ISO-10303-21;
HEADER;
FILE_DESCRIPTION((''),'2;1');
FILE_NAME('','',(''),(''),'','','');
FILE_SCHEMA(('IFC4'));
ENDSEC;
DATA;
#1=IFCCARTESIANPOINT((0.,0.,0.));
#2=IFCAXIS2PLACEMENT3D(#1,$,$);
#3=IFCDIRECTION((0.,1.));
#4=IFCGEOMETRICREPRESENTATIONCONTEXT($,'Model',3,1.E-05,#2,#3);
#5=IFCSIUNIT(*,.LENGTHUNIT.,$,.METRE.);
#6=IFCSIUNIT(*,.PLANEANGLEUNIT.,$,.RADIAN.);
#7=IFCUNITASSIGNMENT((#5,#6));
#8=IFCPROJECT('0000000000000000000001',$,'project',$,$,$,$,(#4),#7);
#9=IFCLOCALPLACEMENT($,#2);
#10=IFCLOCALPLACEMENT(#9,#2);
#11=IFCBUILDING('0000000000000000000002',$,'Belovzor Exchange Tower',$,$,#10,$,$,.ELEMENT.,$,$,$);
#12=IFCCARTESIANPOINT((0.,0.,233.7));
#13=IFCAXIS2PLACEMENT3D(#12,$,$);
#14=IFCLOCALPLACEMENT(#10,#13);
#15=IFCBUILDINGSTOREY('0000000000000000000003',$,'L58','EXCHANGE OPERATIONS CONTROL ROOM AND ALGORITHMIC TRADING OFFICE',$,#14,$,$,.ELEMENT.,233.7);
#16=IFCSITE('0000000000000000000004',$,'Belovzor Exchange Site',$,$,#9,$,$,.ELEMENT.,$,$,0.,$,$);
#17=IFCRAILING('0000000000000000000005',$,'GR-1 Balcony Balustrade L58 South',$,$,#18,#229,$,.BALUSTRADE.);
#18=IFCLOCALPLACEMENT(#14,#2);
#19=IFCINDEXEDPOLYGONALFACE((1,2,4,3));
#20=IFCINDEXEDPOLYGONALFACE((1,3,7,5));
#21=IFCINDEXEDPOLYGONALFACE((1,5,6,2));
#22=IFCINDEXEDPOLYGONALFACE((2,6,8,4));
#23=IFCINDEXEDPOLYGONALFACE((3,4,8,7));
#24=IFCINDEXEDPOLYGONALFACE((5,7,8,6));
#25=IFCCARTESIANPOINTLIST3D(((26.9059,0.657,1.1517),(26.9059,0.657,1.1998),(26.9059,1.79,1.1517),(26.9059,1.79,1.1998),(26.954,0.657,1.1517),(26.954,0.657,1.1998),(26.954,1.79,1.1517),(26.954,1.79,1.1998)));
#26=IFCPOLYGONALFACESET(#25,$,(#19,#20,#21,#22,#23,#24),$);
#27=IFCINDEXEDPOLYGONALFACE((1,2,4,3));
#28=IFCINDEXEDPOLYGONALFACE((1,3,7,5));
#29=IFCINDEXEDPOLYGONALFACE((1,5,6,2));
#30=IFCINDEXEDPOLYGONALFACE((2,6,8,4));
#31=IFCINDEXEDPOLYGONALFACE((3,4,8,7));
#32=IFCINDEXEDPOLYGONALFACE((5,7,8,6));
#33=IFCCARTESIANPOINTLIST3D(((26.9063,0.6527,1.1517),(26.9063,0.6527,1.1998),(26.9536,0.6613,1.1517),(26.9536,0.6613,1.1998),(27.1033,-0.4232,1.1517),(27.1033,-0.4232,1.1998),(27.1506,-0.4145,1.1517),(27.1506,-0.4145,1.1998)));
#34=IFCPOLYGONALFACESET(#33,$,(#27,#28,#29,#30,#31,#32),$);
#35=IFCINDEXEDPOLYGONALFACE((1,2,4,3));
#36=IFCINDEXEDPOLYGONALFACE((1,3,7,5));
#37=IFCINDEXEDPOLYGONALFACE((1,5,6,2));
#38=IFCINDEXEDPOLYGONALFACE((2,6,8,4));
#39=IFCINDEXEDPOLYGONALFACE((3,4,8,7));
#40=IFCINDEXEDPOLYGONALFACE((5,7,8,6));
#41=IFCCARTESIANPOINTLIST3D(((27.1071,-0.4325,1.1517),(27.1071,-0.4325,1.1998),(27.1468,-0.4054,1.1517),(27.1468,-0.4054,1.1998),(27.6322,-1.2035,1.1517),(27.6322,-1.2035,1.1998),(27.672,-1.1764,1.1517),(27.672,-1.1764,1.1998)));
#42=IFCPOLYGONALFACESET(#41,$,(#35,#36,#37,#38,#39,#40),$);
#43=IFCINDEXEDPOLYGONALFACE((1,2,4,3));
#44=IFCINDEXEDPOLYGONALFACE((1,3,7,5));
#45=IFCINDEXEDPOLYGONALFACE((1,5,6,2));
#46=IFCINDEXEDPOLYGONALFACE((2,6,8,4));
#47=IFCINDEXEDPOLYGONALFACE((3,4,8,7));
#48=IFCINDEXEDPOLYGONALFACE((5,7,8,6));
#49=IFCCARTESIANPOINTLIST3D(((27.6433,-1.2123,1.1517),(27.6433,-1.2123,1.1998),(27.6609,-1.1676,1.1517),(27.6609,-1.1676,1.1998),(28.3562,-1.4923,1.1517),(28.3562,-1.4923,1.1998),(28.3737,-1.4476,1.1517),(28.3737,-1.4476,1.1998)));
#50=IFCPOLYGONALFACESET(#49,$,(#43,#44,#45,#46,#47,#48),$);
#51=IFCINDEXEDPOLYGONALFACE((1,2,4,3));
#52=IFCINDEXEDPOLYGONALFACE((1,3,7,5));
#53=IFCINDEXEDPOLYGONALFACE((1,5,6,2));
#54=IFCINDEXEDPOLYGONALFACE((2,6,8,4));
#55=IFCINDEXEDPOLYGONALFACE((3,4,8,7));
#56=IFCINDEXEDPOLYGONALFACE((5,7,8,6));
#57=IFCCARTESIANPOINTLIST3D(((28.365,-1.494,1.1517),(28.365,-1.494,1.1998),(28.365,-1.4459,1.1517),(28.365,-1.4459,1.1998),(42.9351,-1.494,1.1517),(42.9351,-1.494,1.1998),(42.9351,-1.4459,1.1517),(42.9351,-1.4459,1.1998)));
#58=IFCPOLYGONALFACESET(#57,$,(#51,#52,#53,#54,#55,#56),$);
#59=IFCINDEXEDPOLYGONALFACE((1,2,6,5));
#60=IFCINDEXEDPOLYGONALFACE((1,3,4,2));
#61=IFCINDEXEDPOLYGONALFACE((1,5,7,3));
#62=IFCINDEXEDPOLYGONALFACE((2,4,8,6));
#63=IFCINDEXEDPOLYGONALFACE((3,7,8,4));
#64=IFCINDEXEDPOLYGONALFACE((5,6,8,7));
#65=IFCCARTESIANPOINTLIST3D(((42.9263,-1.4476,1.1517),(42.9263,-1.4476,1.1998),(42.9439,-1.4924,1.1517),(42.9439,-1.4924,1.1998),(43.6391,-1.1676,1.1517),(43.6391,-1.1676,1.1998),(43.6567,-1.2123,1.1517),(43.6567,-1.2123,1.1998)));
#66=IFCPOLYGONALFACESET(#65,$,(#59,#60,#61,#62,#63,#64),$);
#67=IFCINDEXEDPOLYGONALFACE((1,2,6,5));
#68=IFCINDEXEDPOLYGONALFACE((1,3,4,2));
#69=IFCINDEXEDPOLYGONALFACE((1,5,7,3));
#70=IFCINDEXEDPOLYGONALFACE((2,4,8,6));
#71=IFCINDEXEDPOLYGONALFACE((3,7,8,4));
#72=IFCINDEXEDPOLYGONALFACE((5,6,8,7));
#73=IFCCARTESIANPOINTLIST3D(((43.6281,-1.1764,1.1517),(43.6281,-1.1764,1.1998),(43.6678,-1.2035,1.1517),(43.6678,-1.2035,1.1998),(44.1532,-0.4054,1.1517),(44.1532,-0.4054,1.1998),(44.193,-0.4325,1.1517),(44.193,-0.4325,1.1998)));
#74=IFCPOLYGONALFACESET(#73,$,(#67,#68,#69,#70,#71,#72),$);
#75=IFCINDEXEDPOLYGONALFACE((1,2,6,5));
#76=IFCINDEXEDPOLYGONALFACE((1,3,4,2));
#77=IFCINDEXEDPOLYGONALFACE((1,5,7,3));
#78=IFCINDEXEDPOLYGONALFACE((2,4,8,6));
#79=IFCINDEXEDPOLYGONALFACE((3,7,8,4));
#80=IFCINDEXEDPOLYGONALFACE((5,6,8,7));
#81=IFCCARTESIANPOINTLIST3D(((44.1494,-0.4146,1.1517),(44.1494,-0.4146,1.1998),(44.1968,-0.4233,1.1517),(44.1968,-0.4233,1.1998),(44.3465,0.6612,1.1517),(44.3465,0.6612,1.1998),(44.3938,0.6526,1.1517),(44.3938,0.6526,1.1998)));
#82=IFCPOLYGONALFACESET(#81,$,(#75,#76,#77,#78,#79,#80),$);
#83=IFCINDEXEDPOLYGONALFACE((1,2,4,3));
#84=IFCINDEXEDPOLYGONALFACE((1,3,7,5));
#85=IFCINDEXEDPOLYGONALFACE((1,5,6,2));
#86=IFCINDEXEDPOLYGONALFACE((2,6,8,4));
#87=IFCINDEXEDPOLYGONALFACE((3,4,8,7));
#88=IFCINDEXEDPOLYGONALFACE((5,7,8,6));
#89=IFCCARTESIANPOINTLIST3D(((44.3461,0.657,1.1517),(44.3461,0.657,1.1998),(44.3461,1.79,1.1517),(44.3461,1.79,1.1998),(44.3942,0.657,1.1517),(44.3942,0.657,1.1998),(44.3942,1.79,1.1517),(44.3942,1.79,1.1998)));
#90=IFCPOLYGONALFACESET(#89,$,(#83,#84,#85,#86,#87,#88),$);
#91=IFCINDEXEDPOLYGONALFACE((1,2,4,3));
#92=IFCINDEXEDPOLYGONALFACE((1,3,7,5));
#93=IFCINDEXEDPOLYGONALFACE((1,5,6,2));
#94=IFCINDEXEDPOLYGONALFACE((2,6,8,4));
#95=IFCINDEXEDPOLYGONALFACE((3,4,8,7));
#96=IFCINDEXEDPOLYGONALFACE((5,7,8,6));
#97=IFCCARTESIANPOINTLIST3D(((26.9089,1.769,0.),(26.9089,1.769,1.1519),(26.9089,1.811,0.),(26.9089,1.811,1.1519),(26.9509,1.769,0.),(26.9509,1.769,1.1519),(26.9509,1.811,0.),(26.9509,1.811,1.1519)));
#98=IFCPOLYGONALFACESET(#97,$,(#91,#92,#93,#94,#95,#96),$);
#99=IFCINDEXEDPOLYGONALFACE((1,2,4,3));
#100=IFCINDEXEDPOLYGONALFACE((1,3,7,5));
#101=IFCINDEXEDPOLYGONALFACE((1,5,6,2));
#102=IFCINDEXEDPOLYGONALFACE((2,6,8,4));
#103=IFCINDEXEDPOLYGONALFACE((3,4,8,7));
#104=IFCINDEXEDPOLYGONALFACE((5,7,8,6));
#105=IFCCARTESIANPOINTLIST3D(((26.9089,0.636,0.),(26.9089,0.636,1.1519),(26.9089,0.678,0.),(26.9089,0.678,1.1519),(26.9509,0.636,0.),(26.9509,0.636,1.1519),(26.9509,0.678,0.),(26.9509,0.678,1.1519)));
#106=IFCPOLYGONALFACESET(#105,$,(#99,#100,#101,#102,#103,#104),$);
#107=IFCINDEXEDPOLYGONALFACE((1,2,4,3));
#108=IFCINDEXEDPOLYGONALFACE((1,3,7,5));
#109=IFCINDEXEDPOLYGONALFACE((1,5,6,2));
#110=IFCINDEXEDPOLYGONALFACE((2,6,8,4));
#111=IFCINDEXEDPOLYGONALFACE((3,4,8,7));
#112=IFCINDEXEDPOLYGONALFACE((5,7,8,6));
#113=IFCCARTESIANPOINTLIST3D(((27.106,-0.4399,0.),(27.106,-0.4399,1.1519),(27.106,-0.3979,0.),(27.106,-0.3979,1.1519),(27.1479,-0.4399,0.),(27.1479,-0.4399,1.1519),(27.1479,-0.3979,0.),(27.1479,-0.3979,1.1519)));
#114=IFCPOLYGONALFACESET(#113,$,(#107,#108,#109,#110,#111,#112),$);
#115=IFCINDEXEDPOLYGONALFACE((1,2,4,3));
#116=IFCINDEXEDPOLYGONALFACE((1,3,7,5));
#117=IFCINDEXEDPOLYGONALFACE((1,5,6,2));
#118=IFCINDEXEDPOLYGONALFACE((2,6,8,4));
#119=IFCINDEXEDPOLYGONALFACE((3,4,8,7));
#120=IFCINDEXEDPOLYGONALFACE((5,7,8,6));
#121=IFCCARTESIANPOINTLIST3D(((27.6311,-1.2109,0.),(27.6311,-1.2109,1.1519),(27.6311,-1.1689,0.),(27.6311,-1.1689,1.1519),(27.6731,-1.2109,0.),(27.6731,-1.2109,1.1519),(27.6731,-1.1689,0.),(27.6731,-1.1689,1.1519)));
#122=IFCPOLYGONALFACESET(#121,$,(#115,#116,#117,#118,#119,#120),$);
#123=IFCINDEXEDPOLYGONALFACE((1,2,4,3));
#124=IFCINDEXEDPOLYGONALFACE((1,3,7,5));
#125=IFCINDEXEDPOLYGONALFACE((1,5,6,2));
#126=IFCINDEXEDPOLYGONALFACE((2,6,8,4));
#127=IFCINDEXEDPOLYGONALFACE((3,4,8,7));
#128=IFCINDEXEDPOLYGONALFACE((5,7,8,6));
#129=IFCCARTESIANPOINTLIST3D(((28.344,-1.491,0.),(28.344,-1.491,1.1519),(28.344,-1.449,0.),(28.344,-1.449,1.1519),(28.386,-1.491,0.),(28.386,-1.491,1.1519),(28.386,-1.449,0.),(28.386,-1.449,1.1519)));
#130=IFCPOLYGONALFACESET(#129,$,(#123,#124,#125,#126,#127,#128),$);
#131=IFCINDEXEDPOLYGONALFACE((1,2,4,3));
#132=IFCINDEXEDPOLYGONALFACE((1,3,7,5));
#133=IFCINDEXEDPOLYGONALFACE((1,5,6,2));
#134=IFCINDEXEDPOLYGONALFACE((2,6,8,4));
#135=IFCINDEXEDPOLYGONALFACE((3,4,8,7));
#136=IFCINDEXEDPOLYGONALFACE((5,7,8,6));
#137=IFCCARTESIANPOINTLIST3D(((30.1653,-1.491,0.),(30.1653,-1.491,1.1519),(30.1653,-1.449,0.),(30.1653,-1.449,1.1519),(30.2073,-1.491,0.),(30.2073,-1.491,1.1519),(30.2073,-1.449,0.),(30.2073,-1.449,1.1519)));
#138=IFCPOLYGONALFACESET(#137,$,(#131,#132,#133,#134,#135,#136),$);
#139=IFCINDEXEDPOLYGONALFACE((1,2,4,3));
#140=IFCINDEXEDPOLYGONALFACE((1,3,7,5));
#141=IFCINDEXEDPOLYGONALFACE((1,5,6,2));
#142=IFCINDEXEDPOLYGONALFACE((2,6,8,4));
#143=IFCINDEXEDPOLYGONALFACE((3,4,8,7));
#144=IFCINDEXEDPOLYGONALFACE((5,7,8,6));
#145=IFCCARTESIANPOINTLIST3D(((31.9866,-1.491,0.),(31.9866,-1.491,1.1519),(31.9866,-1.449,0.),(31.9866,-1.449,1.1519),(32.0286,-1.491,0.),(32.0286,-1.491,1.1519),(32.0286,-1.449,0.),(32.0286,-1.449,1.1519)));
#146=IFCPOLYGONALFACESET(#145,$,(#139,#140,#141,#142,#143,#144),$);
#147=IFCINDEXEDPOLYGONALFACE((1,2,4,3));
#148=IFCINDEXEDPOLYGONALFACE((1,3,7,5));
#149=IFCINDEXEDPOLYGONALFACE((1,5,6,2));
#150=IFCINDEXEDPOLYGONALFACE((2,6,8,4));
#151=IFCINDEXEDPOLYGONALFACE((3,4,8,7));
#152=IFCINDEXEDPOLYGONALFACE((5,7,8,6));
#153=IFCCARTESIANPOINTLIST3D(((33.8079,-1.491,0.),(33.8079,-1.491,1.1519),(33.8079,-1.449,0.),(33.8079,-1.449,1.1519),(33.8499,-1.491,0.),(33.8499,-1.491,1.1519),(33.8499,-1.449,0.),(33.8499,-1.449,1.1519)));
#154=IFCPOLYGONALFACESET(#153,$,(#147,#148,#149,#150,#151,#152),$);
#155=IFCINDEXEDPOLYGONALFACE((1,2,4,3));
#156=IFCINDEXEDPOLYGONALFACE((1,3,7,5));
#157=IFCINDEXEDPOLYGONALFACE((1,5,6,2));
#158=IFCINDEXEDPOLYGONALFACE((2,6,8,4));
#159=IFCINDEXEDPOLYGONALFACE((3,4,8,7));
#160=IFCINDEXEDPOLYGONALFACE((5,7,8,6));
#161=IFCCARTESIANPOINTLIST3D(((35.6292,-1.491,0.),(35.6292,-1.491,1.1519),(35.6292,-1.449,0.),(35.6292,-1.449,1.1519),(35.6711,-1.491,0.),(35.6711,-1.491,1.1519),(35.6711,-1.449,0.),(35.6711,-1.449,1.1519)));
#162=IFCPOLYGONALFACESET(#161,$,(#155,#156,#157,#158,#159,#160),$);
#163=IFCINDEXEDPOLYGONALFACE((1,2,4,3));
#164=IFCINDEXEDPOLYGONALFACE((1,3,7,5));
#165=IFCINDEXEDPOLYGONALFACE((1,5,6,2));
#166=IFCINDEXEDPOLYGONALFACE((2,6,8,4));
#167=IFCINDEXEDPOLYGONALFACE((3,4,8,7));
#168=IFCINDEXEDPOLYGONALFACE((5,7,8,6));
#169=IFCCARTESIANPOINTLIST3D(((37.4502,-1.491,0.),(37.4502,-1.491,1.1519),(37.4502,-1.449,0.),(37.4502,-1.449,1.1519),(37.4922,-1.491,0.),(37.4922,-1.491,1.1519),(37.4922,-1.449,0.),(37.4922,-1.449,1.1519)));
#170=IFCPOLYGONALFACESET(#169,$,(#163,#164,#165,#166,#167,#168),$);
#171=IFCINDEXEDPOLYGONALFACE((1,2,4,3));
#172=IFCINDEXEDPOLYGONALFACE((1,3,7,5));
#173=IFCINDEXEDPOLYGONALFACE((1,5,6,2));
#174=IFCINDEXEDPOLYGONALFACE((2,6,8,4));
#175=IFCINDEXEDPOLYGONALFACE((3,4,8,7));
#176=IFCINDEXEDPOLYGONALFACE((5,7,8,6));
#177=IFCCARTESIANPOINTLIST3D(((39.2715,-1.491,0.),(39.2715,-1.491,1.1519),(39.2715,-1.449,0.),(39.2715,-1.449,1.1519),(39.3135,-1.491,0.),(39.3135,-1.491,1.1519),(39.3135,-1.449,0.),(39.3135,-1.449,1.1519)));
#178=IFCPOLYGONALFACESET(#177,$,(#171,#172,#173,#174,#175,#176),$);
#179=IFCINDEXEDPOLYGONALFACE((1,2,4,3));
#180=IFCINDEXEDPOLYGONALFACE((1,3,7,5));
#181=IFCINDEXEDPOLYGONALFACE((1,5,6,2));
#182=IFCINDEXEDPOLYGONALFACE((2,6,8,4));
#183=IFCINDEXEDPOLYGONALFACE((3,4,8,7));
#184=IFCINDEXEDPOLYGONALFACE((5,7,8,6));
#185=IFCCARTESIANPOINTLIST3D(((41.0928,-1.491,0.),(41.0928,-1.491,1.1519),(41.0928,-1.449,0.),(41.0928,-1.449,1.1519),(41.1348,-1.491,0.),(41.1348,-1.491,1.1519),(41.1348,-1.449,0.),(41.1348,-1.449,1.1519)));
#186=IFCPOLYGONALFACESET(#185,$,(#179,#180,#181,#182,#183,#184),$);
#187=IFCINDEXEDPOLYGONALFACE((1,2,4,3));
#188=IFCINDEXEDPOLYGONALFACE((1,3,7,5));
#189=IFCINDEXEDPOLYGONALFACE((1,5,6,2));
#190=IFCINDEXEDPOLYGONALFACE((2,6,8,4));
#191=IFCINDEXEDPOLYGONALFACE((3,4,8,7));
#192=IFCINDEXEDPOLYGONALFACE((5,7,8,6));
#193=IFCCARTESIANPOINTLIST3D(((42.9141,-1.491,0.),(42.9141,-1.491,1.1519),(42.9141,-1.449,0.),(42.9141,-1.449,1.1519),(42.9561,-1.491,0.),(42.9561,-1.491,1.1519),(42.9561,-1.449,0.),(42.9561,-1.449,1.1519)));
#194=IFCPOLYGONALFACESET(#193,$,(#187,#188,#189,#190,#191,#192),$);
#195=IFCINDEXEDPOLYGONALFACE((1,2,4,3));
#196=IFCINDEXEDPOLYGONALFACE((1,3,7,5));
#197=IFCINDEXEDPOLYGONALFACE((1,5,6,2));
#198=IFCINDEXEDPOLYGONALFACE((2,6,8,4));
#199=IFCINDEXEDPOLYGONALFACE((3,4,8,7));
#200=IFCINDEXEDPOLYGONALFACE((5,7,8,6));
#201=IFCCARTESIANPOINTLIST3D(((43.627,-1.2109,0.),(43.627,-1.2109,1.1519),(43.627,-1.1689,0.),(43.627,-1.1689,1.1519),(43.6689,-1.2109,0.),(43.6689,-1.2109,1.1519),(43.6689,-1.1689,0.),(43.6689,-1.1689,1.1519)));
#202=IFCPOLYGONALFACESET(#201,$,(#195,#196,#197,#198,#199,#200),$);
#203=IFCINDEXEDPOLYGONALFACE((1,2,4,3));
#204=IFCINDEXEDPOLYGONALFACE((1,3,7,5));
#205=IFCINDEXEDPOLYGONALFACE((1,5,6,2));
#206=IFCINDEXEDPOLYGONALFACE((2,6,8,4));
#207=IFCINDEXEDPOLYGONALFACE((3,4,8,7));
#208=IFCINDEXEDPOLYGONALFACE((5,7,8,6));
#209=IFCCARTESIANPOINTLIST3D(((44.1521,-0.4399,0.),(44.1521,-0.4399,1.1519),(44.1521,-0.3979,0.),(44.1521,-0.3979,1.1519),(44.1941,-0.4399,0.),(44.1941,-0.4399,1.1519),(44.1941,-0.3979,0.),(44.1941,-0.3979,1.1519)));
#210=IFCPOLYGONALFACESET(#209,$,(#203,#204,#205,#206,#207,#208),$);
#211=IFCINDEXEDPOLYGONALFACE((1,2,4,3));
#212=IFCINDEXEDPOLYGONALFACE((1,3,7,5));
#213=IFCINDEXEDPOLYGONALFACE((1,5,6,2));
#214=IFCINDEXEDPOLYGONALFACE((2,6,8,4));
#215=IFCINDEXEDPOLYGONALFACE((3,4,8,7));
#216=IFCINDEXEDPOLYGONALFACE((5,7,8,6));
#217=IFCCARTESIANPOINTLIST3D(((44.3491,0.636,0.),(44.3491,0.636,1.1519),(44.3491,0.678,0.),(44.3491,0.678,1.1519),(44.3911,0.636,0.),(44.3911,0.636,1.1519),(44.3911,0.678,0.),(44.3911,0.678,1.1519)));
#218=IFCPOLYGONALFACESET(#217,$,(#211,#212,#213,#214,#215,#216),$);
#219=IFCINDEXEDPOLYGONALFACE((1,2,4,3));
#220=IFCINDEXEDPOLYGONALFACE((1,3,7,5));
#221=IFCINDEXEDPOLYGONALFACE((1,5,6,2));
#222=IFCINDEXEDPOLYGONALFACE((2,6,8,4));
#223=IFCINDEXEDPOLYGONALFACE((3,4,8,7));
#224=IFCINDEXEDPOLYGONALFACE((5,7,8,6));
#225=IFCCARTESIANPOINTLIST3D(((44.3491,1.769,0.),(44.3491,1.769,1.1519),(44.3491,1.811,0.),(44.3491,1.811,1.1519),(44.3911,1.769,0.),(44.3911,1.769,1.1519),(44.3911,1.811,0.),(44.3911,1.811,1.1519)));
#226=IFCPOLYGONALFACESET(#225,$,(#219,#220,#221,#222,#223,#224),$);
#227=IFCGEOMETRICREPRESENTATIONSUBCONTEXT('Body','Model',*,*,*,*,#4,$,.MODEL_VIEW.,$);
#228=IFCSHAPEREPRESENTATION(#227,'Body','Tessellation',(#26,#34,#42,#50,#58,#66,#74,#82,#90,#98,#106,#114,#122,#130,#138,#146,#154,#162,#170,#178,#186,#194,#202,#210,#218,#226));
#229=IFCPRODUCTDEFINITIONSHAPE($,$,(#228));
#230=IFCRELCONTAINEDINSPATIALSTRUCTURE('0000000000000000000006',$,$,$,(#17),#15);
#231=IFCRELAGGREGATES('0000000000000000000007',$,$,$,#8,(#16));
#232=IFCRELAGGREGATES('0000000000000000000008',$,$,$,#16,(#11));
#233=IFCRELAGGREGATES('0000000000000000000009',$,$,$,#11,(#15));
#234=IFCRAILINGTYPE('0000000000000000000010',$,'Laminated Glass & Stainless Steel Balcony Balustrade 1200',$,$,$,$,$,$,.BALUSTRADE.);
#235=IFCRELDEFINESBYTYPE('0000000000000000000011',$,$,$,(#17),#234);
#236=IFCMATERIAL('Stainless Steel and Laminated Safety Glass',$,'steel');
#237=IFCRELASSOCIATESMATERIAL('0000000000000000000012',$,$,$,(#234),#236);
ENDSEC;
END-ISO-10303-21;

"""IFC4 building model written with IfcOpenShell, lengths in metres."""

from ifc_helpers import new_model, si_unit, direction, frame, origin, origin_2d, place, context, subcontext, project, spatial, rectangle, extrude, material, type_object, element, save


model = new_model("IFC4")

# Units and contexts
model_context = context("Model", 3, precision=1e-05, world=origin(), true_north=direction((0.0, 1.0)))
body_context = subcontext(model_context, "Body", "Model", "MODEL_VIEW")
ifc_project = project(units=[si_unit("LENGTHUNIT", "METRE"), si_unit("PLANEANGLEUNIT", "RADIAN")], contexts=[model_context])

# Site, building, storey
site_placement = place(None, origin())
site = spatial("IfcSite", under=ifc_project, at=site_placement, Name="Belovzor Exchange Site", CompositionType="ELEMENT", RefElevation=0.0)
building_placement = place(site_placement, origin())
building = spatial("IfcBuilding", under=site, at=building_placement, Name="Belovzor Exchange Tower", CompositionType="ELEMENT")
storey_placement = place(building_placement, frame((0.0, 0.0, 233.7)))
storey = spatial("IfcBuildingStorey", under=building, at=storey_placement, Name="L58", Description="EXCHANGE OPERATIONS CONTROL ROOM AND ALGORITHMIC TRADING OFFICE", CompositionType="ELEMENT", Elevation=233.7)

# Railing
ifc_material_1 = material(Name="Stainless Steel and Laminated Safety Glass", Category="steel")
railing_type = type_object("IfcRailingType", Name="Laminated Glass & Stainless Steel Balcony Balustrade 1200", PredefinedType="BALUSTRADE", material=ifc_material_1)
railing_placement = place(storey_placement, frame((26.9299, 1.79, 0.0)))
element("IfcRailing", 1, at=railing_placement, inside=storey, type_object=railing_type, Name="GR-1 Balcony Balustrade L58 South", PredefinedType="BALUSTRADE", context=body_context, shape_type="SweptSolid", body=[
    extrude(rectangle(XDim=0.0481, YDim=0.0481, at=origin_2d()), frame((0.0, 0.0, 1.1758), z_axis=(0.0, -1.0, 0.0), x_axis=(1.0, 0.0, 0.0)), (0.0, 0.0, 1.0), 1.1331),
    extrude(rectangle(XDim=0.0481, YDim=0.0481, at=origin_2d()), frame((0.0, -1.1331, 1.1758), z_axis=(0.180123, -0.983644, 0.0), x_axis=(0.983644, 0.180123, 0.0)), (0.0, 0.0, 1.0), 1.0938),
    extrude(rectangle(XDim=0.0481, YDim=0.0481, at=origin_2d()), frame((0.197, -2.209, 1.1758), z_axis=(0.562947, -0.826493, 0.0), x_axis=(0.826493, 0.562947, 0.0)), (0.0, 0.0, 1.0), 0.9329),
    extrude(rectangle(XDim=0.0481, YDim=0.0481, at=origin_2d()), frame((0.7222, -2.98, 1.1758), z_axis=(0.930767, -0.365613, 0.0), x_axis=(0.365613, 0.930767, 0.0)), (0.0, 0.0, 1.0), 0.7659),
    extrude(rectangle(XDim=0.0481, YDim=0.0481, at=origin_2d()), frame((1.4351, -3.26, 1.1758), z_axis=(1.0, 0.0, 0.0), x_axis=(0.0, 1.0, 0.0)), (0.0, 0.0, 1.0), 14.5701),
    extrude(rectangle(XDim=0.0481, YDim=0.0481, at=origin_2d()), frame((16.0051, -3.26, 1.1758), z_axis=(0.930767, 0.365613, 0.0), x_axis=(-0.365613, 0.930767, 0.0)), (0.0, 0.0, 1.0), 0.7659),
    extrude(rectangle(XDim=0.0481, YDim=0.0481, at=origin_2d()), frame((16.718, -2.98, 1.1758), z_axis=(0.562947, 0.826493, 0.0), x_axis=(-0.826493, 0.562947, 0.0)), (0.0, 0.0, 1.0), 0.9329),
    extrude(rectangle(XDim=0.0481, YDim=0.0481, at=origin_2d()), frame((17.2432, -2.209, 1.1758), z_axis=(0.180123, 0.983644, 0.0), x_axis=(-0.983644, 0.180123, 0.0)), (0.0, 0.0, 1.0), 1.0938),
    extrude(rectangle(XDim=0.0481, YDim=0.0481, at=origin_2d()), frame((17.4402, -1.1331, 1.1758), z_axis=(0.0, 1.0, 0.0), x_axis=(-1.0, 0.0, 0.0)), (0.0, 0.0, 1.0), 1.1331),
    extrude(rectangle(XDim=0.042, YDim=0.042, at=origin_2d()), origin(), (0.0, 0.0, 1.0), 1.1519),
    extrude(rectangle(XDim=0.042, YDim=0.042, at=origin_2d()), frame((0.0, -1.1331, 0.0)), (0.0, 0.0, 1.0), 1.1519),
    extrude(rectangle(XDim=0.042, YDim=0.042, at=origin_2d()), frame((0.197, -2.209, 0.0)), (0.0, 0.0, 1.0), 1.1519),
    extrude(rectangle(XDim=0.042, YDim=0.042, at=origin_2d()), frame((0.7222, -2.98, 0.0)), (0.0, 0.0, 1.0), 1.1519),
    extrude(rectangle(XDim=0.042, YDim=0.042, at=origin_2d()), frame((1.4351, -3.26, 0.0)), (0.0, 0.0, 1.0), 1.1519),
    extrude(rectangle(XDim=0.042, YDim=0.042, at=origin_2d()), frame((3.2563, -3.26, 0.0)), (0.0, 0.0, 1.0), 1.1519),
    extrude(rectangle(XDim=0.042, YDim=0.042, at=origin_2d()), frame((5.0776, -3.26, 0.0)), (0.0, 0.0, 1.0), 1.1519),
    extrude(rectangle(XDim=0.042, YDim=0.042, at=origin_2d()), frame((6.8989, -3.26, 0.0)), (0.0, 0.0, 1.0), 1.1519),
    extrude(rectangle(XDim=0.042, YDim=0.042, at=origin_2d()), frame((8.7202, -3.26, 0.0)), (0.0, 0.0, 1.0), 1.1519),
    extrude(rectangle(XDim=0.042, YDim=0.042, at=origin_2d()), frame((10.5413, -3.26, 0.0)), (0.0, 0.0, 1.0), 1.1519),
    extrude(rectangle(XDim=0.042, YDim=0.042, at=origin_2d()), frame((12.3625, -3.26, 0.0)), (0.0, 0.0, 1.0), 1.1519),
    extrude(rectangle(XDim=0.042, YDim=0.042, at=origin_2d()), frame((14.1838, -3.26, 0.0)), (0.0, 0.0, 1.0), 1.1519),
    extrude(rectangle(XDim=0.042, YDim=0.042, at=origin_2d()), frame((16.0051, -3.26, 0.0)), (0.0, 0.0, 1.0), 1.1519),
    extrude(rectangle(XDim=0.042, YDim=0.042, at=origin_2d()), frame((16.718, -2.98, 0.0)), (0.0, 0.0, 1.0), 1.1519),
    extrude(rectangle(XDim=0.042, YDim=0.042, at=origin_2d()), frame((17.2432, -2.209, 0.0)), (0.0, 0.0, 1.0), 1.1519),
    extrude(rectangle(XDim=0.042, YDim=0.042, at=origin_2d()), frame((17.4402, -1.1331, 0.0)), (0.0, 0.0, 1.0), 1.1519),
    extrude(rectangle(XDim=0.042, YDim=0.042, at=origin_2d()), frame((17.4402, 0.0, 0.0)), (0.0, 0.0, 1.0), 1.1519),
])

save(model, "model.ifc")
